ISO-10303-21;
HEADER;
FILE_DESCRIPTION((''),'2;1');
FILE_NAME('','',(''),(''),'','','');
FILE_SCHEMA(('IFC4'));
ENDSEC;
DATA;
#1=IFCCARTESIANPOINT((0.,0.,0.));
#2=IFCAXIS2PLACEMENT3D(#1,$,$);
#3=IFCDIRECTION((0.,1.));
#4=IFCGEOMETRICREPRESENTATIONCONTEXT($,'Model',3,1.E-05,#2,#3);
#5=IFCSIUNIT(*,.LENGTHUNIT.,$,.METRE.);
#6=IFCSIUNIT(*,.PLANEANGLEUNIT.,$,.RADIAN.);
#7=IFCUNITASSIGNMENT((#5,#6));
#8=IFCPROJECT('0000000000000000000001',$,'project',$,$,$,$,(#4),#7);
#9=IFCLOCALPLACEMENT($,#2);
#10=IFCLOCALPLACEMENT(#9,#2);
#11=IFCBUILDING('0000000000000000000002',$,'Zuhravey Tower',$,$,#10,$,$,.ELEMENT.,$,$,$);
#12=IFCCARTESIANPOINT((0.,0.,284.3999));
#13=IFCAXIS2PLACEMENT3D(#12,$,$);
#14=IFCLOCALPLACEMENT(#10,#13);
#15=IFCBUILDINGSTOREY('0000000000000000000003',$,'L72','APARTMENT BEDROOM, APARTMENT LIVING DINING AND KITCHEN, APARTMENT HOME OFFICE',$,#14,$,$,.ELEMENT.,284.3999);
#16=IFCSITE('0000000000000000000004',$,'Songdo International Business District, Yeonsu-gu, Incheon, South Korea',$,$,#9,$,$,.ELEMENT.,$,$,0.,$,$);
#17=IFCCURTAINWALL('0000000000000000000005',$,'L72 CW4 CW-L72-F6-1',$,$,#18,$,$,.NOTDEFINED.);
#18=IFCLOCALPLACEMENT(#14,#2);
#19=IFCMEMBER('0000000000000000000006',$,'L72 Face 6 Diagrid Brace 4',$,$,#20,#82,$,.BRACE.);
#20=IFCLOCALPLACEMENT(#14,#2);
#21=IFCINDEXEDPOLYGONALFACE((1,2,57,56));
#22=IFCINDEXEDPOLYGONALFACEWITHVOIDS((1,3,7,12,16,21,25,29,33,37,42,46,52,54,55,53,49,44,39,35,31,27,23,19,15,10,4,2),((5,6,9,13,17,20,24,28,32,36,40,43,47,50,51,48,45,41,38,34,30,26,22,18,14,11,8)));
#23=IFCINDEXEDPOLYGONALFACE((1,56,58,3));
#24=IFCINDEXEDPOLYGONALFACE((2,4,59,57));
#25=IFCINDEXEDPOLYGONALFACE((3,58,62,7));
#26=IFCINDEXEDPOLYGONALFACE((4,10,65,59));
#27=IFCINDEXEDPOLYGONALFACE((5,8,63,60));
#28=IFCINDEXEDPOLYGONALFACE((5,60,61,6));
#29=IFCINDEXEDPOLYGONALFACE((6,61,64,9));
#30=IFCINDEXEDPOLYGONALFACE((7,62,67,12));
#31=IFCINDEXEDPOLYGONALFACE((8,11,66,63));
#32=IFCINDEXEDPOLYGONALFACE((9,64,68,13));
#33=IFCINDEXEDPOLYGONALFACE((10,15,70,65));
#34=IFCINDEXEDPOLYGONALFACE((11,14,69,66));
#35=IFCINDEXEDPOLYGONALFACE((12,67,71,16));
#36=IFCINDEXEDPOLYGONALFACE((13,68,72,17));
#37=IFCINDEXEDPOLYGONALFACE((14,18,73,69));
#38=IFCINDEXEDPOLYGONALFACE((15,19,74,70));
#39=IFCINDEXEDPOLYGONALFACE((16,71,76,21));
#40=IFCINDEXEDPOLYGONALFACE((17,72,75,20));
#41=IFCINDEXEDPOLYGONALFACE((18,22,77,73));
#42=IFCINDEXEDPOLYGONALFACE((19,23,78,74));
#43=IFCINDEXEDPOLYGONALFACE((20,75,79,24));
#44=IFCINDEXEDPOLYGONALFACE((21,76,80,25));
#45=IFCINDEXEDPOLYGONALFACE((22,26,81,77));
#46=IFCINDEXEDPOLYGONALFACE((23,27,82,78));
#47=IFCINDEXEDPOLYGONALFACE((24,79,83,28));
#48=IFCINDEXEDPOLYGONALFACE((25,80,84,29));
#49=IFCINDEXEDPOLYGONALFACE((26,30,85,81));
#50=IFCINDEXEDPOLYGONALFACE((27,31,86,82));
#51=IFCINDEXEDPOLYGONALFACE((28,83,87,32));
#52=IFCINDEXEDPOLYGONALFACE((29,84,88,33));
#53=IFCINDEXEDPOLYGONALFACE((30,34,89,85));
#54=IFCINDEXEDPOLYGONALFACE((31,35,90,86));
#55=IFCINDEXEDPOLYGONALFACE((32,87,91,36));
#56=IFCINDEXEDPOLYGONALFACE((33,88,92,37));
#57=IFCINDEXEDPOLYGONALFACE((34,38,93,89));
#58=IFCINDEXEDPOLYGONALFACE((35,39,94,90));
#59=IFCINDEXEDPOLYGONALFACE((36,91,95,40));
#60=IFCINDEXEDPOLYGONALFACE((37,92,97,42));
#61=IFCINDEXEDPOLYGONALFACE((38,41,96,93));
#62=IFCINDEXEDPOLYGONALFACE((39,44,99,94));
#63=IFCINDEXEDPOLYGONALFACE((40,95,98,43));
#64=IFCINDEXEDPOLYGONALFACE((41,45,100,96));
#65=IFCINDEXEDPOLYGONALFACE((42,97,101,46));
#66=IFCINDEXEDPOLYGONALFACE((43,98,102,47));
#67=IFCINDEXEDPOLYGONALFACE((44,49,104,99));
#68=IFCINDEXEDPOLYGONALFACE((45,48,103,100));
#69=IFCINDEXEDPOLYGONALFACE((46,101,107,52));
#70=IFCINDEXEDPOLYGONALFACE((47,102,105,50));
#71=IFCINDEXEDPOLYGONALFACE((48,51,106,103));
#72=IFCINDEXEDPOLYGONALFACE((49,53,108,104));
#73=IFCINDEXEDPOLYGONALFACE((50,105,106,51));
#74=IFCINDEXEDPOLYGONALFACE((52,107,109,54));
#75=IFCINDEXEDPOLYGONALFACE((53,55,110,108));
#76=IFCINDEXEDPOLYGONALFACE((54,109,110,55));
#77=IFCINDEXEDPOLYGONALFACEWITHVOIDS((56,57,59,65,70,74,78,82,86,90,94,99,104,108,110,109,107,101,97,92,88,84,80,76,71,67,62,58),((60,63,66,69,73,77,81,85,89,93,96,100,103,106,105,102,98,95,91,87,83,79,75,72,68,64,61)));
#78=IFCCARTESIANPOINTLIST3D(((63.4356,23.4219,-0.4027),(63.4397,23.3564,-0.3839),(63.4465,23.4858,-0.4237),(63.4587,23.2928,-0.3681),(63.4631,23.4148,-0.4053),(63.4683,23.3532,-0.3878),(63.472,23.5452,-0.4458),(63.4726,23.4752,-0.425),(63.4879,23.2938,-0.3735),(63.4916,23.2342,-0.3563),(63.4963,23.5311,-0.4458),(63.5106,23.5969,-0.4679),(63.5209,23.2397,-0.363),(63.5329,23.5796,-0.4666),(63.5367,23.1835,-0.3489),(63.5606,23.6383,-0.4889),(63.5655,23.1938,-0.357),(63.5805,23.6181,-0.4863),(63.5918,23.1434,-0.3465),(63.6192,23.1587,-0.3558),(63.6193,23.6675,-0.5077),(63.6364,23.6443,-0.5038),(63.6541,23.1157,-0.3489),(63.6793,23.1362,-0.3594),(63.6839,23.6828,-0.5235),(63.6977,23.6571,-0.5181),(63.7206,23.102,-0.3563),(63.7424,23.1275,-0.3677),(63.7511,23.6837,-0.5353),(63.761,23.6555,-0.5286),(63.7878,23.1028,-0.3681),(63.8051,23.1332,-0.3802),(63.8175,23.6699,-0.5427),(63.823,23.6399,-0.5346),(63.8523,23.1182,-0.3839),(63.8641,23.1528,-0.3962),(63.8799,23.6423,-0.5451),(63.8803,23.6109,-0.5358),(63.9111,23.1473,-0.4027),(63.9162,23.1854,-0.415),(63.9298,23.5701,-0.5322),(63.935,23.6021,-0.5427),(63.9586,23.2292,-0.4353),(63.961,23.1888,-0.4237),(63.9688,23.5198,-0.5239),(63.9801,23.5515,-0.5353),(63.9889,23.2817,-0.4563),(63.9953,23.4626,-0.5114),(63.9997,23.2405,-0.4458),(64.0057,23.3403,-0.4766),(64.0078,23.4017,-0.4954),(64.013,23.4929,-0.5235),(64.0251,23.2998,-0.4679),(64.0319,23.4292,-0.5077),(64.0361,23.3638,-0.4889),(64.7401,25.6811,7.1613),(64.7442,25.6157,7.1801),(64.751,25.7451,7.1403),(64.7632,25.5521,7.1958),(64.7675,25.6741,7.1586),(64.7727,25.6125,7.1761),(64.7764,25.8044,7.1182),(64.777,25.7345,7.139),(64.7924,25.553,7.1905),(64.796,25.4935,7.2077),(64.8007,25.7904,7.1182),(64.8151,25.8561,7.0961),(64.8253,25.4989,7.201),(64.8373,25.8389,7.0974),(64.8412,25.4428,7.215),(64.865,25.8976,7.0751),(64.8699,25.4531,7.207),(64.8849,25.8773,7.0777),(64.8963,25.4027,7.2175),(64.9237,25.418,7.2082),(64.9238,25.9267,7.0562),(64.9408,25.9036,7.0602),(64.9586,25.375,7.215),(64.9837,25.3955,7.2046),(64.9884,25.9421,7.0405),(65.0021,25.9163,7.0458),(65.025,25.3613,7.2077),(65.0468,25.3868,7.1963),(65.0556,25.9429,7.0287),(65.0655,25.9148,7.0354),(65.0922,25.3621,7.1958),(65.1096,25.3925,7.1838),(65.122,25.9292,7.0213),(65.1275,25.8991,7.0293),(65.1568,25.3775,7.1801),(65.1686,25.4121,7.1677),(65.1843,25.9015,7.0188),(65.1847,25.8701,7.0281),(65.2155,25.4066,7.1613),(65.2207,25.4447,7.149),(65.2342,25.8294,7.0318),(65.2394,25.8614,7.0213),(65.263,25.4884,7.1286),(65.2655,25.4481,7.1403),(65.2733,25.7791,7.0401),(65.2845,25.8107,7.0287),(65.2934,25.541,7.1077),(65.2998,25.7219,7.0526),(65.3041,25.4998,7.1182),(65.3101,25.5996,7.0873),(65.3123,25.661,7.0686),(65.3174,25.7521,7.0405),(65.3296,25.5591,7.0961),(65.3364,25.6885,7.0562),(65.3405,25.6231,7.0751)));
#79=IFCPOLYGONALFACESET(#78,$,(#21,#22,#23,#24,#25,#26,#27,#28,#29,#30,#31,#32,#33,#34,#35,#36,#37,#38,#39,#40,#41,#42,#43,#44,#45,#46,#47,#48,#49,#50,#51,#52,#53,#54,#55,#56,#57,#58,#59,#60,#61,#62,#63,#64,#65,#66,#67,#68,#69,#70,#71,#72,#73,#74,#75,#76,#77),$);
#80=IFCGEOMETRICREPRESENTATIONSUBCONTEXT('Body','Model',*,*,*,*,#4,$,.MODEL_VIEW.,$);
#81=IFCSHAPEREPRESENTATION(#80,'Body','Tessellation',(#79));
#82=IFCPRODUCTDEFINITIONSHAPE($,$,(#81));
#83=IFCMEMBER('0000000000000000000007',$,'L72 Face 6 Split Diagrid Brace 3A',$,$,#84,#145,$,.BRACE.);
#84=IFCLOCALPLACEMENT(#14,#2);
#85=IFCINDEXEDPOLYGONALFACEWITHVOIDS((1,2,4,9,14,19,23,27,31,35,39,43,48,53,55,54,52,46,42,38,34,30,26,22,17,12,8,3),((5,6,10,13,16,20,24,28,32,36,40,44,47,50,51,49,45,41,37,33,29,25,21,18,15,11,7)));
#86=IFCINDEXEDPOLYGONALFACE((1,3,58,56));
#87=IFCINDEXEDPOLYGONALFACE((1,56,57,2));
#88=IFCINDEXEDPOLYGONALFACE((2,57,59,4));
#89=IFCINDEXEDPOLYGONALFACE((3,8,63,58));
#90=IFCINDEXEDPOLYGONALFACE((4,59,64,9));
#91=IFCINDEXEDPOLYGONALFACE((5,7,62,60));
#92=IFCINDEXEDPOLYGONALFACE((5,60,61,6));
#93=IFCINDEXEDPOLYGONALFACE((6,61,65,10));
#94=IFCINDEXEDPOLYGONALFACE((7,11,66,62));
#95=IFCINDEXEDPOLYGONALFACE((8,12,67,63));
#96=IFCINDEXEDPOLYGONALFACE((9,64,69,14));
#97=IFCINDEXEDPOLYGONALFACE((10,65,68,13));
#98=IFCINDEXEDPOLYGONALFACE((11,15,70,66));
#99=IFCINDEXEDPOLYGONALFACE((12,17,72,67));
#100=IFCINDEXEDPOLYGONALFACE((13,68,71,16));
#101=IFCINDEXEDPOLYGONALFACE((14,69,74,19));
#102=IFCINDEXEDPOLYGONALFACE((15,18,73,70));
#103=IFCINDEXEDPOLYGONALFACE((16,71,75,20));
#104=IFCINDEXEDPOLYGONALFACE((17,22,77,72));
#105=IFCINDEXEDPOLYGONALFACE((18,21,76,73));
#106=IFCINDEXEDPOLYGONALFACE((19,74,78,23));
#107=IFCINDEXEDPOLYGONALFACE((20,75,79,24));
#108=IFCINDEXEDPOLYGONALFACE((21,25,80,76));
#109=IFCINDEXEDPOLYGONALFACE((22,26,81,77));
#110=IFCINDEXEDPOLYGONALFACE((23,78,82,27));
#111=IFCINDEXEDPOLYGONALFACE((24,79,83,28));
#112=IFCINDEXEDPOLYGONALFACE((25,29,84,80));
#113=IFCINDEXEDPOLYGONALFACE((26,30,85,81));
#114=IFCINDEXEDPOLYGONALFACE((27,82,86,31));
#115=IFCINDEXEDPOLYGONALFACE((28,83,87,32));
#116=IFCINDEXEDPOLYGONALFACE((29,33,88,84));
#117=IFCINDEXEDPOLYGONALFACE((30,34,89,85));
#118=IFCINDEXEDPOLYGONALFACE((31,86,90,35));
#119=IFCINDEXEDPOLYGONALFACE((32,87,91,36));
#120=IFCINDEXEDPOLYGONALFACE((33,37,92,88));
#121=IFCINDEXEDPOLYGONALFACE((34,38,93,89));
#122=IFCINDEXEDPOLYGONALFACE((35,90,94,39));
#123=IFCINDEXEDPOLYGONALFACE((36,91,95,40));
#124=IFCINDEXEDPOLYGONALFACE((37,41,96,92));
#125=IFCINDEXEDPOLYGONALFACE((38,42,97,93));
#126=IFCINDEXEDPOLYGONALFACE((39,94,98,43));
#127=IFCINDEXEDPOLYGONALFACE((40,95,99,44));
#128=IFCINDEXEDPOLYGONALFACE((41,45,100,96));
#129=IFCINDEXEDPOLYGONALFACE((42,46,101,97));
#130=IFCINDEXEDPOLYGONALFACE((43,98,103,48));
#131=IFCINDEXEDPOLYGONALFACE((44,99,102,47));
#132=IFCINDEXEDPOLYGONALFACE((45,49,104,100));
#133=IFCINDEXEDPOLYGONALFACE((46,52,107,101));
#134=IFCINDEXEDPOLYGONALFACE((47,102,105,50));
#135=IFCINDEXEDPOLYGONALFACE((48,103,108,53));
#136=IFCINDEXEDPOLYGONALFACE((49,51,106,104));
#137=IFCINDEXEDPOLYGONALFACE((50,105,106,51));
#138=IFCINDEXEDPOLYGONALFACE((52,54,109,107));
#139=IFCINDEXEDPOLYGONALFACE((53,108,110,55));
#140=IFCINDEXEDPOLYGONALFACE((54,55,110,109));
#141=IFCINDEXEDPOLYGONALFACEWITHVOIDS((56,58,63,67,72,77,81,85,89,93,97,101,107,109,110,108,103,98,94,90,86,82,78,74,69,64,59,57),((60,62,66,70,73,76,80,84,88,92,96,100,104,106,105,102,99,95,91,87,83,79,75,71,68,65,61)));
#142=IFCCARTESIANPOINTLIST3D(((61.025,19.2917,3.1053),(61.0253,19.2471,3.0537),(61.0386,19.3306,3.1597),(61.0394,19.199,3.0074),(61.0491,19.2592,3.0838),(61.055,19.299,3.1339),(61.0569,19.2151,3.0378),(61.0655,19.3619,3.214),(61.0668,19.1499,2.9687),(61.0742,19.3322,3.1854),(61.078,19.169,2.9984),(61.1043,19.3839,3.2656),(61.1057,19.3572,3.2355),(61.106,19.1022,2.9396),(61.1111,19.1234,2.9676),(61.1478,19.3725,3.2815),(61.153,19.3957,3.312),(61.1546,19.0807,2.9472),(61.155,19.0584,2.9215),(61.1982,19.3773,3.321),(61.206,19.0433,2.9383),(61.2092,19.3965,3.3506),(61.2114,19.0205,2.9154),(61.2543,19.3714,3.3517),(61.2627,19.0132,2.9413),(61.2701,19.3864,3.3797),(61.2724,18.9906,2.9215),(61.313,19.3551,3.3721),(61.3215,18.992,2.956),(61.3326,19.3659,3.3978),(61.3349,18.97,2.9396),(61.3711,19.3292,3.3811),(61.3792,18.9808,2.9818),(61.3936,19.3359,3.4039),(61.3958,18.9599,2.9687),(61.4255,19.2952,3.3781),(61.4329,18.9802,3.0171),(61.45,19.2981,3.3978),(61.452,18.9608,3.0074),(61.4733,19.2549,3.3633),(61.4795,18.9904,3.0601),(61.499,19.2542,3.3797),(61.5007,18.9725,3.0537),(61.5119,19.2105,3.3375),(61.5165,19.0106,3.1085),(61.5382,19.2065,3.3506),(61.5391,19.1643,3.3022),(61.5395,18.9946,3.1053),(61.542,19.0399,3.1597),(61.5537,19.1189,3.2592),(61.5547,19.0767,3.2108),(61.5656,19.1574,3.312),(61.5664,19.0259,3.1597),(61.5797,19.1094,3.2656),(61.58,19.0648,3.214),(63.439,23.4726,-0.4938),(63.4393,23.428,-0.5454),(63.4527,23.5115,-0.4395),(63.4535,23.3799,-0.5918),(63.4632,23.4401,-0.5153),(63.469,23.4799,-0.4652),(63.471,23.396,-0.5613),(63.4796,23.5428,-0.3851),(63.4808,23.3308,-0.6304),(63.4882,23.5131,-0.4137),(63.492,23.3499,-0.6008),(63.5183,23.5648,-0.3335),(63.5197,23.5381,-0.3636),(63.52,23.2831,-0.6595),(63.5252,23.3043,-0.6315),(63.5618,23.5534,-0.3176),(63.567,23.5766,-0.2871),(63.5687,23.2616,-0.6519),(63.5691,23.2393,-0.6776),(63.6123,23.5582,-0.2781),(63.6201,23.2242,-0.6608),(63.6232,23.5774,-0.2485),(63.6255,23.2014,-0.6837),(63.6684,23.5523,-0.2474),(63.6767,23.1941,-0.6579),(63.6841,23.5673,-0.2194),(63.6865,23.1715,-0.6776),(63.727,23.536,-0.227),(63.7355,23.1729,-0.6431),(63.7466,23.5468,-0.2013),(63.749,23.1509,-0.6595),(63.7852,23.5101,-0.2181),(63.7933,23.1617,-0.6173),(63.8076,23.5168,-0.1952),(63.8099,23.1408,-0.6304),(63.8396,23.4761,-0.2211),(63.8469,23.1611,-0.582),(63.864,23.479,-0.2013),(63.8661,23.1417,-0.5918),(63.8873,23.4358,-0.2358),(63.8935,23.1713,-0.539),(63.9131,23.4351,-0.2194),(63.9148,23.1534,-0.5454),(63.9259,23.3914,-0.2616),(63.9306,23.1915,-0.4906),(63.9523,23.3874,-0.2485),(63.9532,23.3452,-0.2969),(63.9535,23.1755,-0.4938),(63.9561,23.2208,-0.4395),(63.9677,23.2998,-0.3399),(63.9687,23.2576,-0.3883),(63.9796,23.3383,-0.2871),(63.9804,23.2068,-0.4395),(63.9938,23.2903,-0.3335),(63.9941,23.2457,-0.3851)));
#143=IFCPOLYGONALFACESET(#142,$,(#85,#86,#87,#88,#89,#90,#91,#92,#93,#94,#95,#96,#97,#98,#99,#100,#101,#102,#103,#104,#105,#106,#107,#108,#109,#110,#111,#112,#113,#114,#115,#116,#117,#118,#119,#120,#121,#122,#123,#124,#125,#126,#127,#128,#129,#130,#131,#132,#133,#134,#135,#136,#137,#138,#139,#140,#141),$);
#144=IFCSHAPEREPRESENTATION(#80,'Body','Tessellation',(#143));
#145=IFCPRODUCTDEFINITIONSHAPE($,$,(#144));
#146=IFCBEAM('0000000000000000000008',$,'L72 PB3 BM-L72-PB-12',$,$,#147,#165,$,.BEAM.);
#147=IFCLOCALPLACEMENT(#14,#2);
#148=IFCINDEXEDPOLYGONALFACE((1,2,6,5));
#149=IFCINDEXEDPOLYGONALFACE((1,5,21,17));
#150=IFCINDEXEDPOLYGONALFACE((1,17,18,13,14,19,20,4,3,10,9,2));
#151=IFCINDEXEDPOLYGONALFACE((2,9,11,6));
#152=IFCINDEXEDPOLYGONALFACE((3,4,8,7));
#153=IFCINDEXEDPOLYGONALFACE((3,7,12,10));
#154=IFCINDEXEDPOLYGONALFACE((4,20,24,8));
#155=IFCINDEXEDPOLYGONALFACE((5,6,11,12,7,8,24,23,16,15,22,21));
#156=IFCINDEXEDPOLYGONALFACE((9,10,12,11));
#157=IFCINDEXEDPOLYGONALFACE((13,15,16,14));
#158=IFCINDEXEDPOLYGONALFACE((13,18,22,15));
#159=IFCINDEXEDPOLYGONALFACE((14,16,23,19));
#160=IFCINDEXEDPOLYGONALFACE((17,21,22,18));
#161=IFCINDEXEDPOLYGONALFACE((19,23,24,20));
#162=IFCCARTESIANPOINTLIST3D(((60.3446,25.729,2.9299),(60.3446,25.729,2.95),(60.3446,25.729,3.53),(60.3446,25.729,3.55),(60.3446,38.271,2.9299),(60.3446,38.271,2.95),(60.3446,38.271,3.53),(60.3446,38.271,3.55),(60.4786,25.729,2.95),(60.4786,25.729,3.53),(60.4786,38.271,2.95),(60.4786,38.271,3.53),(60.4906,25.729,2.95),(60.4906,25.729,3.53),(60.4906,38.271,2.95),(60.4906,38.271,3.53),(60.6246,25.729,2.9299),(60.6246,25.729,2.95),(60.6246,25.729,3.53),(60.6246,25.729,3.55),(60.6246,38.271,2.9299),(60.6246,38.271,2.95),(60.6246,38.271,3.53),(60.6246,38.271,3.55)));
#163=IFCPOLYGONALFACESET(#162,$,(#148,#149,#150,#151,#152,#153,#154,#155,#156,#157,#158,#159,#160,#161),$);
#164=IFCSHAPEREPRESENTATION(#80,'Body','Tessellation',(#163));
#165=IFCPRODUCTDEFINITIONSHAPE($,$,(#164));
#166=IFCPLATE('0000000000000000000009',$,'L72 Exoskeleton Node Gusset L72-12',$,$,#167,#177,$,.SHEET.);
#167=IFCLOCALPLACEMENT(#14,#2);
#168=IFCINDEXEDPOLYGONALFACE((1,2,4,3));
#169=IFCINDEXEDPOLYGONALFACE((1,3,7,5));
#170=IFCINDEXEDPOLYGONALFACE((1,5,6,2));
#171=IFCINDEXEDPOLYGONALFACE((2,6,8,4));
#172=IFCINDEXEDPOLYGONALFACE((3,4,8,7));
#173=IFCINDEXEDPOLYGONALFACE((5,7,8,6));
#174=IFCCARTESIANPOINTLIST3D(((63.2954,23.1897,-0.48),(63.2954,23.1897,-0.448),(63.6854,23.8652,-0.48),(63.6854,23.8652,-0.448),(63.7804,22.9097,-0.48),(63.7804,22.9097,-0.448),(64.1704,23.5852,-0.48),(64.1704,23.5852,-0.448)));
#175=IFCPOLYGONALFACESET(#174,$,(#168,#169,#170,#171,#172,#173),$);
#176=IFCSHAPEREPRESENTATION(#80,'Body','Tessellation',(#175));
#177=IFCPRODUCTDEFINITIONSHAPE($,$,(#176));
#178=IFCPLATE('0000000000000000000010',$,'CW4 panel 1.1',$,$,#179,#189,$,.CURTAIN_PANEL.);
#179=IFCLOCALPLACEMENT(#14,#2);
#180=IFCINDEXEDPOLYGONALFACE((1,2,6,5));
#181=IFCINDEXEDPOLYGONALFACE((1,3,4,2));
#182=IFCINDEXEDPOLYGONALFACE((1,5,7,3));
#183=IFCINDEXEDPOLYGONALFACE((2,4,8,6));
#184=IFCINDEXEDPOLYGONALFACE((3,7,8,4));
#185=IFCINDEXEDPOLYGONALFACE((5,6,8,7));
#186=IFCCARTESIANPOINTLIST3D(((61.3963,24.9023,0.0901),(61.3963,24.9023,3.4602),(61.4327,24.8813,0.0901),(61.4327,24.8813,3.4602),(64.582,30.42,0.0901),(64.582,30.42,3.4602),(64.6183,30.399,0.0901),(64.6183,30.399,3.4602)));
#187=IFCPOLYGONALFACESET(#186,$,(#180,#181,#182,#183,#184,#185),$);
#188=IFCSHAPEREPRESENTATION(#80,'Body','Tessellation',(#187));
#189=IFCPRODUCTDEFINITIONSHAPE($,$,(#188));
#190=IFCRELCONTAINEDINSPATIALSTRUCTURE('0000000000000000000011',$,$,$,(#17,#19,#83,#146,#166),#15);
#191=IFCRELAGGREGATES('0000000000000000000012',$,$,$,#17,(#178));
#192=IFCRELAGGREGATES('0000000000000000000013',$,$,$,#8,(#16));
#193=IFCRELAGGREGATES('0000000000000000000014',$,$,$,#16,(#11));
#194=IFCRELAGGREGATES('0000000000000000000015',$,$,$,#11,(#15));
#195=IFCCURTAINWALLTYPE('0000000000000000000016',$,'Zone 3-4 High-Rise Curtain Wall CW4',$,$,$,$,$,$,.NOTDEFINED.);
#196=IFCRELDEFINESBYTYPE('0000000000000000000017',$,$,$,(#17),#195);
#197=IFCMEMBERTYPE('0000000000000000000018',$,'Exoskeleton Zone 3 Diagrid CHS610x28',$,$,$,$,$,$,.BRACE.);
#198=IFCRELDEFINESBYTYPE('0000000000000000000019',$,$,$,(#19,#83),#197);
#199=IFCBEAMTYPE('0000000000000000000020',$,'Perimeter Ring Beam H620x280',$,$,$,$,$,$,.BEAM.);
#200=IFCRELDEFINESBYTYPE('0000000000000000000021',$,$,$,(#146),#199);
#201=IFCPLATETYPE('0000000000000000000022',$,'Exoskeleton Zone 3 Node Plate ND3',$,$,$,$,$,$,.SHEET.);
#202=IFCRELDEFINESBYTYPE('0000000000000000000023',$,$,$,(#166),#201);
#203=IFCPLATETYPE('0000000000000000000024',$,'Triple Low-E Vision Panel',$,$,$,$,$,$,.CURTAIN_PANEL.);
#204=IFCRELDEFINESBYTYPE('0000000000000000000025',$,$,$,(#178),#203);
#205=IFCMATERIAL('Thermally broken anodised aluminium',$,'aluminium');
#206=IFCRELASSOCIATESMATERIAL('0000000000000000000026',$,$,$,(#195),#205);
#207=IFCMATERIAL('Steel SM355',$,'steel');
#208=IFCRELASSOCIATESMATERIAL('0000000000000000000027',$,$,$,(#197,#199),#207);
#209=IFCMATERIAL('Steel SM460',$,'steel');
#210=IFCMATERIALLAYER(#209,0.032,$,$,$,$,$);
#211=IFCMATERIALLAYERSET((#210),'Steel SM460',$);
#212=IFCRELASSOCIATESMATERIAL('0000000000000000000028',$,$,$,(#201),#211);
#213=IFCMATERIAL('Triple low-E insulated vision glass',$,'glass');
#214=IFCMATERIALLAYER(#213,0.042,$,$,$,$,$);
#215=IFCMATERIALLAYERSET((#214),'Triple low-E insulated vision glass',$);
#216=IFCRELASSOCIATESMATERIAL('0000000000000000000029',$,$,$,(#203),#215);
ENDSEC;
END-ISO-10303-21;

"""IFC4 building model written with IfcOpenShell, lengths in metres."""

from ifc_helpers import new_model, si_unit, direction, frame, origin, origin_2d, place, context, subcontext, project, spatial, rectangle, hollow_circle, i_section, extrude, material, layer, layer_set, material_profile, profile_set, type_object, element, aggregate, save


model = new_model("IFC4")

# Units and contexts
model_context = context("Model", 3, precision=1e-05, world=origin(), true_north=direction((0.0, 1.0)))
body_context = subcontext(model_context, "Body", "Model", "MODEL_VIEW")
ifc_project = project(units=[si_unit("LENGTHUNIT", "METRE"), si_unit("PLANEANGLEUNIT", "RADIAN")], contexts=[model_context])

# Site, building, storey
site_placement = place(None, origin())
site = spatial("IfcSite", under=ifc_project, at=site_placement, Name="Songdo International Business District, Yeonsu-gu, Incheon, South Korea", CompositionType="ELEMENT", RefElevation=0.0)
building_placement = place(site_placement, origin())
building = spatial("IfcBuilding", under=site, at=building_placement, Name="Zuhravey Tower", CompositionType="ELEMENT")
storey_placement = place(building_placement, frame((0.0, 0.0, 284.3999)))
storey = spatial("IfcBuildingStorey", under=building, at=storey_placement, Name="L72", Description="APARTMENT BEDROOM, APARTMENT LIVING DINING AND KITCHEN, APARTMENT HOME OFFICE", CompositionType="ELEMENT", Elevation=284.3999)

# Curtain wall
ifc_material_1 = material(Name="Thermally broken anodised aluminium", Category="aluminium")
curtain_wall_type = type_object("IfcCurtainWallType", Name="Zone 3-4 High-Rise Curtain Wall CW4", PredefinedType="NOTDEFINED", material=ifc_material_1)
curtain_wall_placement = place(storey_placement, origin())
curtain_wall = element("IfcCurtainWall", 1, at=curtain_wall_placement, inside=storey, type_object=curtain_wall_type, Name="L72 CW4 CW-L72-F6-1", PredefinedType="NOTDEFINED")

# Members
ifc_material_2 = material(Name="Steel SM355", Category="steel")
ifc_material_profile_1 = material_profile(ifc_material_2, hollow_circle(Radius=0.3047, WallThickness=0.0281, at=origin_2d()), Name="CHS-609.6x28")
ifc_profile_set_1 = profile_set([ifc_material_profile_1], Name="Steel SM355")
member_type_1 = type_object("IfcMemberType", Name="Exoskeleton Zone 3 Diagrid CHS610x28", PredefinedType="BRACE", material=ifc_profile_set_1)
member_1_placement = place(storey_placement, frame((63.7358, 23.3928, -0.4458), z_axis=(0.163031, 0.282367, 0.945352), x_axis=(-0.866017, 0.500014, 0.0)))
element("IfcMember", 2, at=member_1_placement, inside=storey, type_object=member_type_1, Name="L72 Face 6 Diagrid Brace 4", PredefinedType="BRACE", context=body_context, shape_type="SweptSolid", body=[
    extrude(hollow_circle(Radius=0.3047, WallThickness=0.0281, at=origin_2d()), origin(), (0.0, 0.0, 1.0), 8.0012),
])
member_2_placement = place(storey_placement, frame((63.7166, 23.3591, -0.4395), z_axis=(-0.400891, -0.694302, 0.597688), x_axis=(0.866006, -0.500033, 0.0)))
element("IfcMember", 3, at=member_2_placement, inside=storey, type_object=member_type_1, Name="L72 Face 6 Split Diagrid Brace 3A", PredefinedType="BRACE", context=body_context, shape_type="SweptSolid", body=[
    extrude(hollow_circle(Radius=0.3047, WallThickness=0.0281, at=origin_2d()), origin(), (0.0, 0.0, 1.0), 6.0217),
])

# Beam
ifc_material_profile_2 = material_profile(ifc_material_2, i_section(OverallWidth=0.28, OverallDepth=0.6201, WebThickness=0.012, FlangeThickness=0.02, at=origin_2d()), Name="H-620x280x12x20")
ifc_profile_set_2 = profile_set([ifc_material_profile_2], Name="Steel SM355")
beam_type = type_object("IfcBeamType", Name="Perimeter Ring Beam H620x280", PredefinedType="BEAM", material=ifc_profile_set_2)
beam_placement = place(storey_placement, frame((60.4846, 25.729, 3.24), z_axis=(0.0, 1.0, 0.0), x_axis=(-1.0, 0.0, 0.0)))
element("IfcBeam", 4, at=beam_placement, inside=storey, type_object=beam_type, Name="L72 PB3 BM-L72-PB-12", PredefinedType="BEAM", context=body_context, shape_type="SweptSolid", body=[
    extrude(i_section(OverallWidth=0.28, OverallDepth=0.6201, WebThickness=0.012, FlangeThickness=0.02, at=origin_2d()), origin(), (0.0, 0.0, 1.0), 12.542),
])

# Plates
ifc_material_3 = material(Name="Steel SM460", Category="steel")
ifc_layer_1 = layer(ifc_material_3, 0.032)
ifc_layer_set_1 = layer_set([ifc_layer_1], Name="Steel SM460")
plate_type_1 = type_object("IfcPlateType", Name="Exoskeleton Zone 3 Node Plate ND3", PredefinedType="SHEET", material=ifc_layer_set_1)
plate_1_placement = place(storey_placement, frame((63.7329, 23.3875, -0.48), z_axis=(0.0, 0.0, 1.0), x_axis=(0.5, 0.866025, 0.0)))
element("IfcPlate", 5, at=plate_1_placement, inside=storey, type_object=plate_type_1, Name="L72 Exoskeleton Node Gusset L72-12", PredefinedType="SHEET", context=body_context, shape_type="SweptSolid", body=[
    extrude(rectangle(XDim=0.78, YDim=0.5601, at=origin_2d()), origin(), (0.0, 0.0, 1.0), 0.032),
])
ifc_material_4 = material(Name="Triple low-E insulated vision glass", Category="glass")
ifc_layer_2 = layer(ifc_material_4, 0.042)
ifc_layer_set_2 = layer_set([ifc_layer_2], Name="Triple low-E insulated vision glass")
plate_type_2 = type_object("IfcPlateType", Name="Triple Low-E Vision Panel", PredefinedType="CURTAIN_PANEL", material=ifc_layer_set_2)
plate_2_placement = place(storey_placement, frame((63.0073, 27.6506, 0.0901), z_axis=(0.0, 0.0, 1.0), x_axis=(-0.500001, -0.866025, 0.0)))
plate_2 = element("IfcPlate", 6, at=plate_2_placement, type_object=plate_type_2, Name="CW4 panel 1.1", PredefinedType="CURTAIN_PANEL", context=body_context, shape_type="SweptSolid", body=[
    extrude(rectangle(XDim=6.3713, YDim=0.042, at=origin_2d()), origin(), (0.0, 0.0, 1.0), 3.3701),
])
aggregate(curtain_wall, [plate_2])

save(model, "model.ifc")
